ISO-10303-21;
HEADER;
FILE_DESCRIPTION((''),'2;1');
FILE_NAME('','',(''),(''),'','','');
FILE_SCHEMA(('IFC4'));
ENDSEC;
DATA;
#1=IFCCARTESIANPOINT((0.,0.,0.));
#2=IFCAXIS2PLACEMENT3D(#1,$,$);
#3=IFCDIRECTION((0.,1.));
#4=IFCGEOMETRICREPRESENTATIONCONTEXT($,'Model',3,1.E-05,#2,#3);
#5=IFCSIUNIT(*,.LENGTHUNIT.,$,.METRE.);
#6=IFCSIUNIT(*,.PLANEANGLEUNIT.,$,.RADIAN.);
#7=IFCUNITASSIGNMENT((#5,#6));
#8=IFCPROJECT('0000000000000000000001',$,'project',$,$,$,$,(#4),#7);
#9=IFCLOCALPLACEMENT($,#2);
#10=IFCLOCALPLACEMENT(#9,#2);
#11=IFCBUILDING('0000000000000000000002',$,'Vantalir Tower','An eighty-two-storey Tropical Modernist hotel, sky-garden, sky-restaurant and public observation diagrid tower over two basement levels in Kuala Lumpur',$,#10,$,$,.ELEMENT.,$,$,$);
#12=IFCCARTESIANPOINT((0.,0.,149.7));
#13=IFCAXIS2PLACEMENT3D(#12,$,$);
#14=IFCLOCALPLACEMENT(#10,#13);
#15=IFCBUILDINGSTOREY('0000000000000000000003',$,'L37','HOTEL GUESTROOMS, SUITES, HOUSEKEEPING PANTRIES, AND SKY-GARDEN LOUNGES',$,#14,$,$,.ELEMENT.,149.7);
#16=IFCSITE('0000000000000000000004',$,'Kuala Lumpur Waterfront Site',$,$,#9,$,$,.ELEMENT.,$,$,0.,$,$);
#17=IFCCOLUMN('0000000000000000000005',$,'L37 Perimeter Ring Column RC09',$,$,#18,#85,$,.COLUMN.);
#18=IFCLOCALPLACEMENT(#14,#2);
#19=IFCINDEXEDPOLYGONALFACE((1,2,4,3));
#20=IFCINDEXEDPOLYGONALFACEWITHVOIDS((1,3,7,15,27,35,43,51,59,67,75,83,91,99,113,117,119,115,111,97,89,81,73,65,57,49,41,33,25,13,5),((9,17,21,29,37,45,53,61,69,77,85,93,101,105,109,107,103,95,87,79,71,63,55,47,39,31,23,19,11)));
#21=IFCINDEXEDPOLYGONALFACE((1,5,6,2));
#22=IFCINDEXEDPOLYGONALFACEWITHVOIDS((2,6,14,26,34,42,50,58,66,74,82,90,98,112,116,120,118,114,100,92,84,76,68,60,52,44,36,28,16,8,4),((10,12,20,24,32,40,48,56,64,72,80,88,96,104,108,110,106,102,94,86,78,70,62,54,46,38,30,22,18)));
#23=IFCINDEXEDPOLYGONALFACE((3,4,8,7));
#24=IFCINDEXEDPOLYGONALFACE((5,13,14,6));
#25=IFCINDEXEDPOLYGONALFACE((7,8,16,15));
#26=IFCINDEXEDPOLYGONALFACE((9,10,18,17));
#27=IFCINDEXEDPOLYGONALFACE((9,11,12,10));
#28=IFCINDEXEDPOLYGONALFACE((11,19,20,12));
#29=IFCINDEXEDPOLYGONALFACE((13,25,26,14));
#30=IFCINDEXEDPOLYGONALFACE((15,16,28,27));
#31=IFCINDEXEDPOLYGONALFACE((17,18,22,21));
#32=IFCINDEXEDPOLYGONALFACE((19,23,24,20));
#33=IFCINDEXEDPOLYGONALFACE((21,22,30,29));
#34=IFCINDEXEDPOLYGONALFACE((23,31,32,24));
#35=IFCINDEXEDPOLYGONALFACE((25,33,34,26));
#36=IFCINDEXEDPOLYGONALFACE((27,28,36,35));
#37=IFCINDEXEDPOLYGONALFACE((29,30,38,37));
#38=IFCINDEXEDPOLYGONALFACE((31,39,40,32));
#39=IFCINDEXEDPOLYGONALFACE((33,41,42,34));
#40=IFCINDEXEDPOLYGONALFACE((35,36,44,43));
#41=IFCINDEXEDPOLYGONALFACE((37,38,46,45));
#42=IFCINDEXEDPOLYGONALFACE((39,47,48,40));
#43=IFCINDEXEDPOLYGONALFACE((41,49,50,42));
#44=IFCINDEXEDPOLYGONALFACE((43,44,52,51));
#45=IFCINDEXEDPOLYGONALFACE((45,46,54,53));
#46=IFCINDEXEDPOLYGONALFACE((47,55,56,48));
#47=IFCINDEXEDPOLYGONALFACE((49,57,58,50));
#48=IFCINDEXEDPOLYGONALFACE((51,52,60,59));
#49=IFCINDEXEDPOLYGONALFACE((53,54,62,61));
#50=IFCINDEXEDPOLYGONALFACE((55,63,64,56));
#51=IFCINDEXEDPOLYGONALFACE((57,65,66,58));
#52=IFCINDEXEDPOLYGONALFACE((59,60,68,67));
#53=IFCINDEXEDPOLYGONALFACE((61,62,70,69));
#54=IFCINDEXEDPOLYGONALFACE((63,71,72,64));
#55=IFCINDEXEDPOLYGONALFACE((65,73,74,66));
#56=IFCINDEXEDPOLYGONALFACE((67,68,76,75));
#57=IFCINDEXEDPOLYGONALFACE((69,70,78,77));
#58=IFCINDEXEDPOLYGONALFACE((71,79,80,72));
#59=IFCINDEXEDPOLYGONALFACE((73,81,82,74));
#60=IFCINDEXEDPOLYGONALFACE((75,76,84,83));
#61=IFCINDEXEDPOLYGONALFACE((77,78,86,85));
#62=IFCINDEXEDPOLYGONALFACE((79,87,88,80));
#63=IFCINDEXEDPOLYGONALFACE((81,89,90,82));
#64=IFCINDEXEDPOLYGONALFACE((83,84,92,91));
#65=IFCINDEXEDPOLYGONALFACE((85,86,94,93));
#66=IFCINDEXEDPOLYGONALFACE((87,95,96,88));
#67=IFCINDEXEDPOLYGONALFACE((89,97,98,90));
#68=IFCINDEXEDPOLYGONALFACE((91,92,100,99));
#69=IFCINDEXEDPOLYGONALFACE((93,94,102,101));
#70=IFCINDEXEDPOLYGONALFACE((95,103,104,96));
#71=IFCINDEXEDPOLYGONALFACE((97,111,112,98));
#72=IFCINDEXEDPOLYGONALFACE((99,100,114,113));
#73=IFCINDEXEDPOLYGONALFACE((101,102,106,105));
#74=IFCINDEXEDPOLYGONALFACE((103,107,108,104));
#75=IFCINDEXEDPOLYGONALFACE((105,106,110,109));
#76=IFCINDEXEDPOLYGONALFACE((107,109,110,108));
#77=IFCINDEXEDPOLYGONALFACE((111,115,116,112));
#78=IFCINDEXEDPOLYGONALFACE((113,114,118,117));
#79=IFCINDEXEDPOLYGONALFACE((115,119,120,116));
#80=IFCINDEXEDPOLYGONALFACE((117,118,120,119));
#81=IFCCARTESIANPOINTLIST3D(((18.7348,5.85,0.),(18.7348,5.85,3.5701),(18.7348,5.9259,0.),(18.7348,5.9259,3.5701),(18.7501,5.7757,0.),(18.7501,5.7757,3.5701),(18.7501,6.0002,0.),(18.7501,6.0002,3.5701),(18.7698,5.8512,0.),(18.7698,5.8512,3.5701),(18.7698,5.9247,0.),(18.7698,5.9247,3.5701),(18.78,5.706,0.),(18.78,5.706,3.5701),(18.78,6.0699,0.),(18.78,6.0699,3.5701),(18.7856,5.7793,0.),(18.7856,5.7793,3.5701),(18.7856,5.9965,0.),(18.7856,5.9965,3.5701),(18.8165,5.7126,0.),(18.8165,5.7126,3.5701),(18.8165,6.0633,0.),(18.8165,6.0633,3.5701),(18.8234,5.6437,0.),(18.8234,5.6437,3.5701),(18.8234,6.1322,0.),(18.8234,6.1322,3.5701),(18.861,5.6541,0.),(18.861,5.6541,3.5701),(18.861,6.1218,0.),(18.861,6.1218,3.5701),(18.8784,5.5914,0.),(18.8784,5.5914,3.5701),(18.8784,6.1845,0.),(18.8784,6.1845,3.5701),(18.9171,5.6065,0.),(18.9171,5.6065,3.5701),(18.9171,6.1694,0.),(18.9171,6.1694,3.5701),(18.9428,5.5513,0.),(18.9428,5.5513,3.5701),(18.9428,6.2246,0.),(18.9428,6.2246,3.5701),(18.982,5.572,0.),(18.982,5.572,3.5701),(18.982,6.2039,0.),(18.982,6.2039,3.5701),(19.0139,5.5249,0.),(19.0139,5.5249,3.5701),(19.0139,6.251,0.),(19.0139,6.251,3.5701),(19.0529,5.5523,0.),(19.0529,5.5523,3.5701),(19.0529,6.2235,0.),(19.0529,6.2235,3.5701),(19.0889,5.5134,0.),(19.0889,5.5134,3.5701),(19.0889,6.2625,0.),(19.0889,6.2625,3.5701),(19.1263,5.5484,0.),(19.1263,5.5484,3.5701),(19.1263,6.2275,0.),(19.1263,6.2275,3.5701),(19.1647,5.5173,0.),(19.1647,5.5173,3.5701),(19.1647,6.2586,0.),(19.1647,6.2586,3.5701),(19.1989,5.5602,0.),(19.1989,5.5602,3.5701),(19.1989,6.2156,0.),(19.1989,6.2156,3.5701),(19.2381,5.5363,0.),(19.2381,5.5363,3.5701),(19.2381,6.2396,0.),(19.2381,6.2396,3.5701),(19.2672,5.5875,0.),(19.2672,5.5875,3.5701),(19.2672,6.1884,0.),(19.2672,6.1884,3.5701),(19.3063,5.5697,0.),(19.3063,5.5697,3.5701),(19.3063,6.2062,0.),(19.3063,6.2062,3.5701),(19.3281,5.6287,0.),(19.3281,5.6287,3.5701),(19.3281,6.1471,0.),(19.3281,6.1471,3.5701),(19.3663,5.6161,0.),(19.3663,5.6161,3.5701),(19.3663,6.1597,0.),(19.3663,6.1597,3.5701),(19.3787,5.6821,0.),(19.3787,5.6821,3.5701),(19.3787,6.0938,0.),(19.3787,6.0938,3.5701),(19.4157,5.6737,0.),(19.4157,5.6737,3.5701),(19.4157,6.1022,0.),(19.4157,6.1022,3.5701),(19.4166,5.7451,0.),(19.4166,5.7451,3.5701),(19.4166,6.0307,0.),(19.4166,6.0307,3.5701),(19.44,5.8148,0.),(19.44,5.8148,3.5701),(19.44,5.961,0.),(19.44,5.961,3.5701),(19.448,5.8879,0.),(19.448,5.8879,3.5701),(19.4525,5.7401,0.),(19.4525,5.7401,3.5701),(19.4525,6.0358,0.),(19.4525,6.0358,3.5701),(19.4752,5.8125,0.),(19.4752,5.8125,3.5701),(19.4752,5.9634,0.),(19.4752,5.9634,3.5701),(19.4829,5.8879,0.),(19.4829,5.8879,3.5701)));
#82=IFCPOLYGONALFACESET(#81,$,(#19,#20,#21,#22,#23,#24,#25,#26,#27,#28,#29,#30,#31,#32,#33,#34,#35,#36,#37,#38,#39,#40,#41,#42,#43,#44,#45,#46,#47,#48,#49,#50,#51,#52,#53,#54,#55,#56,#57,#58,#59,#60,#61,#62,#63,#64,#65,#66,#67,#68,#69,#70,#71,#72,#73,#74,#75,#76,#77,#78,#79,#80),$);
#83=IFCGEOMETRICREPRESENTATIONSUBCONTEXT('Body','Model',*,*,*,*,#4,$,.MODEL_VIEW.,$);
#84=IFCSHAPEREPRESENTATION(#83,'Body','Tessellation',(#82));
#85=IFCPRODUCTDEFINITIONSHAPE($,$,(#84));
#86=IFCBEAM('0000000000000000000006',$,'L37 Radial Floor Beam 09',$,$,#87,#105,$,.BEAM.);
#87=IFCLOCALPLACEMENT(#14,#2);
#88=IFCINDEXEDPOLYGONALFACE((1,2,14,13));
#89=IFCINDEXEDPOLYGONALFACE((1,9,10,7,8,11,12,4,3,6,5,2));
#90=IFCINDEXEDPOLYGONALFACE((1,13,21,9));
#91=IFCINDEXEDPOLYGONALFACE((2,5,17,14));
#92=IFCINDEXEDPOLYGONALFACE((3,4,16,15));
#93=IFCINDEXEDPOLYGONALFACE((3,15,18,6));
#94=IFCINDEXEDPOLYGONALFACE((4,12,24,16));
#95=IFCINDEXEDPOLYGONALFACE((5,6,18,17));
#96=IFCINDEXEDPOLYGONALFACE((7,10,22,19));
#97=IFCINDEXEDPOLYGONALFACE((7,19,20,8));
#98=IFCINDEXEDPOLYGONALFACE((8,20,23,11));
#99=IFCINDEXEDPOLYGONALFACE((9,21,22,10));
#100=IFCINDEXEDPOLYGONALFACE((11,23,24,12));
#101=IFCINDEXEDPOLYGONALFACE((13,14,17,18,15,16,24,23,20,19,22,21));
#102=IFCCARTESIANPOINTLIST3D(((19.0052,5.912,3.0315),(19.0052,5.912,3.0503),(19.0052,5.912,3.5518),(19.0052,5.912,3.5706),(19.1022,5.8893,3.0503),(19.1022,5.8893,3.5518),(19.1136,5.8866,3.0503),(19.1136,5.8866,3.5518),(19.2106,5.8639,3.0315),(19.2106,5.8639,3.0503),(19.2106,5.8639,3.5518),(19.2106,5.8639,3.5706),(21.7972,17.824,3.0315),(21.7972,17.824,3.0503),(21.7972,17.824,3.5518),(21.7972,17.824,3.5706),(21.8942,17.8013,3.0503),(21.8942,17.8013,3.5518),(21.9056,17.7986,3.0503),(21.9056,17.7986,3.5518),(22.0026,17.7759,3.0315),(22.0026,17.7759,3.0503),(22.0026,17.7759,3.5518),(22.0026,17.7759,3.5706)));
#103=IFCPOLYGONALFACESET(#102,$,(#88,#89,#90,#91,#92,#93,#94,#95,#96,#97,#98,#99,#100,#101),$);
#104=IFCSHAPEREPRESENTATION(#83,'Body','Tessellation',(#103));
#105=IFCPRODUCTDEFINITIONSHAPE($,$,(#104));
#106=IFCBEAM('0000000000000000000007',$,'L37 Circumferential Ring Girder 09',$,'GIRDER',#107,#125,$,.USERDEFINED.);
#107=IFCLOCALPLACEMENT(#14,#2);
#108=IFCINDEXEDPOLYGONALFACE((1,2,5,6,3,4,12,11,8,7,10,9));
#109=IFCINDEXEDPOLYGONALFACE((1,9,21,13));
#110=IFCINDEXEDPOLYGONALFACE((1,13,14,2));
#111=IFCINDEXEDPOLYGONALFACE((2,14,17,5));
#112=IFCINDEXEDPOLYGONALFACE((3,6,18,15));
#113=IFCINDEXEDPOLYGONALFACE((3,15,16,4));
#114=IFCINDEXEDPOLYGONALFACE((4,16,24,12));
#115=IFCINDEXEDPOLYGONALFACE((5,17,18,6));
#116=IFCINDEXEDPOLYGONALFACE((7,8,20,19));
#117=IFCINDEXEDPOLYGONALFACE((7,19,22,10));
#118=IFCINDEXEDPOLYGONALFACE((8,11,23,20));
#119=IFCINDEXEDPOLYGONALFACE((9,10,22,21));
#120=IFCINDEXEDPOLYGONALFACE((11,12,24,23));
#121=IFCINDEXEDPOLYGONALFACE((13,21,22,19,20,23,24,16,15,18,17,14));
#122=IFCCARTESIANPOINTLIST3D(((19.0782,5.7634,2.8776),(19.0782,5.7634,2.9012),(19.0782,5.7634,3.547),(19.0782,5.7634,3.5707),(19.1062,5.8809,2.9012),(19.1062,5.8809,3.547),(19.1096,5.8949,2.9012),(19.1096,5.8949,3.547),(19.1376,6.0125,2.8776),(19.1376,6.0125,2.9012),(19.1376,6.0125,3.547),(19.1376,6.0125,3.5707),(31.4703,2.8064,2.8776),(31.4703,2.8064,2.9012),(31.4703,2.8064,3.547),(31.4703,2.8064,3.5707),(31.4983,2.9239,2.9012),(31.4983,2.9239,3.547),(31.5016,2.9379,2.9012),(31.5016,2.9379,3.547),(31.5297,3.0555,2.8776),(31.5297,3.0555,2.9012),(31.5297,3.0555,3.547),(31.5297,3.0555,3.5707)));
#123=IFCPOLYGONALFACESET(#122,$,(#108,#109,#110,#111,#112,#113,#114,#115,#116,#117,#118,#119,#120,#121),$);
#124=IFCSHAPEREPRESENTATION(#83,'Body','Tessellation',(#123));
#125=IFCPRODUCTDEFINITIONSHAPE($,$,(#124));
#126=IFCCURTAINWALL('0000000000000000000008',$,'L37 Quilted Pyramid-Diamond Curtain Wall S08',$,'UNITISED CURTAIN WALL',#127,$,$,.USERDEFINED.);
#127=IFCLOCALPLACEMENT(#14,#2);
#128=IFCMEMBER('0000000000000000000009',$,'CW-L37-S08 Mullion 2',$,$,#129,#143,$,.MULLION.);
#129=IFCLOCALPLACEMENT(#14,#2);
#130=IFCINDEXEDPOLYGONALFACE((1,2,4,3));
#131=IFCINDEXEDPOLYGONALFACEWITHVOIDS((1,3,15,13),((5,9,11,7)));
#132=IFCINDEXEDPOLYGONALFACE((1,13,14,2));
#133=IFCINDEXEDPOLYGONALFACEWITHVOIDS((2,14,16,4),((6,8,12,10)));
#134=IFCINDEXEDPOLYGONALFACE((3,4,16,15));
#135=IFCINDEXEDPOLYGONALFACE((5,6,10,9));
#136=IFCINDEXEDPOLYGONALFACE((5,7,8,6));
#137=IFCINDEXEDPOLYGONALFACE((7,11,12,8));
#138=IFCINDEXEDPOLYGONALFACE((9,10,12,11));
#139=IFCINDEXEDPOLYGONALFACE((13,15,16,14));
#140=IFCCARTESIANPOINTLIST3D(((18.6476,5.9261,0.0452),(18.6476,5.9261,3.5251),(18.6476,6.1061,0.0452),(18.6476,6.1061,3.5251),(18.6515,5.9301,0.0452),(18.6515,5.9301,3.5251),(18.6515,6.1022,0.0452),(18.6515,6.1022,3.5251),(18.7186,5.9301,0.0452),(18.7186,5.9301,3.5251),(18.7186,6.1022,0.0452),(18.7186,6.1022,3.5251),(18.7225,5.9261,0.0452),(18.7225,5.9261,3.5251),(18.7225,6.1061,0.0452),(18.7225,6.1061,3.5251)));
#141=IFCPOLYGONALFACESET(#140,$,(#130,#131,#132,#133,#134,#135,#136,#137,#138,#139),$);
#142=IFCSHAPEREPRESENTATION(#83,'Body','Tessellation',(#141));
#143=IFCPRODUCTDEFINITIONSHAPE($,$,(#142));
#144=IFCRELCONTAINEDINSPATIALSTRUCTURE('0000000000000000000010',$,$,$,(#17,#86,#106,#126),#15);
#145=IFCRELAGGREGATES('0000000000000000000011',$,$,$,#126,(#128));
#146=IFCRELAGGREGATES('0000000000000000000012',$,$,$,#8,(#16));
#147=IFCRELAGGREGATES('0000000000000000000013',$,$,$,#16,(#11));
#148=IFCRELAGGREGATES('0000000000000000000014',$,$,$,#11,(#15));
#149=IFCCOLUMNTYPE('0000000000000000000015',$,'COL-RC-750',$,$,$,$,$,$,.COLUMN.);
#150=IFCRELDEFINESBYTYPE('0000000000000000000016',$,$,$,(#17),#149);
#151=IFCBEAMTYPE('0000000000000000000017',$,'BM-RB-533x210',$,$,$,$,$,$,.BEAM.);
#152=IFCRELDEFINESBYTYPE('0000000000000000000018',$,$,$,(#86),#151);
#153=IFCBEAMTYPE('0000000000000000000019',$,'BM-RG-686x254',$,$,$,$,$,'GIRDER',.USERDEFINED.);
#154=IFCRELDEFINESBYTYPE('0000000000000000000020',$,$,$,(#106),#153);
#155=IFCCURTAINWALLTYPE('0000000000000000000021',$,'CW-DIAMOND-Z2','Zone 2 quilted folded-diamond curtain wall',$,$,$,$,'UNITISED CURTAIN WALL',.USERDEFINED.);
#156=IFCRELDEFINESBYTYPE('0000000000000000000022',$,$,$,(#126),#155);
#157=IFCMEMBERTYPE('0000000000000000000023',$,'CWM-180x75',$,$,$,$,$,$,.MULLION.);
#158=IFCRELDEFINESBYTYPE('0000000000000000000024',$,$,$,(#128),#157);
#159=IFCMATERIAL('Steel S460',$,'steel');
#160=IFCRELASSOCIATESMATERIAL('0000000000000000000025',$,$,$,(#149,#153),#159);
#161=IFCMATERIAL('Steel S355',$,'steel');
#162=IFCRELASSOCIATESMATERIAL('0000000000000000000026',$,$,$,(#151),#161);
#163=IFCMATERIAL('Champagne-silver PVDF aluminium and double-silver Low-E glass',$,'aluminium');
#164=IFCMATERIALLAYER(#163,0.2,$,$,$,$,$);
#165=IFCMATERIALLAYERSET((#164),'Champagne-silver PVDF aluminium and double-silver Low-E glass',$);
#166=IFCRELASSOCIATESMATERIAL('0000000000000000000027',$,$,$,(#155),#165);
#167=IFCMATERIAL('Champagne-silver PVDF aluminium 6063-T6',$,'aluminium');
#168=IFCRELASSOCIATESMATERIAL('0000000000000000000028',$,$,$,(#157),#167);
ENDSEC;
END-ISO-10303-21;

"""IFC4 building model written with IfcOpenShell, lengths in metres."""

from ifc_helpers import new_model, si_unit, direction, frame, origin, origin_2d, place, context, subcontext, project, spatial, hollow_rectangle, hollow_circle, i_section, extrude, material, layer, layer_set, material_profile, profile_set, type_object, element, aggregate, save


model = new_model("IFC4")

# Units and contexts
model_context = context("Model", 3, precision=1e-05, world=origin(), true_north=direction((0.0, 1.0)))
body_context = subcontext(model_context, "Body", "Model", "MODEL_VIEW")
ifc_project = project(units=[si_unit("LENGTHUNIT", "METRE"), si_unit("PLANEANGLEUNIT", "RADIAN")], contexts=[model_context])

# Site, building, storey
site_placement = place(None, origin())
site = spatial("IfcSite", under=ifc_project, at=site_placement, Name="Kuala Lumpur Waterfront Site", CompositionType="ELEMENT", RefElevation=0.0)
building_placement = place(site_placement, origin())
building = spatial("IfcBuilding", under=site, at=building_placement, Name="Vantalir Tower", Description="An eighty-two-storey Tropical Modernist hotel, sky-garden, sky-restaurant and public observation diagrid tower over two basement levels in Kuala Lumpur", CompositionType="ELEMENT")
storey_placement = place(building_placement, frame((0.0, 0.0, 149.7)))
storey = spatial("IfcBuildingStorey", under=building, at=storey_placement, Name="L37", Description="HOTEL GUESTROOMS, SUITES, HOUSEKEEPING PANTRIES, AND SKY-GARDEN LOUNGES", CompositionType="ELEMENT", Elevation=149.7)

# Column
ifc_material_1 = material(Name="Steel S460", Category="steel")
ifc_material_profile_1 = material_profile(ifc_material_1, hollow_circle(Radius=0.375, WallThickness=0.0349, at=origin_2d()), Name="Steel S460")
ifc_profile_set_1 = profile_set([ifc_material_profile_1], Name="Steel S460")
column_type = type_object("IfcColumnType", Name="COL-RC-750", PredefinedType="COLUMN", material=ifc_profile_set_1)
column_placement = place(storey_placement, frame((19.1079, 5.8879, 0.0), z_axis=(0.0, 0.0, 1.0), x_axis=(1.0, 0.0, 0.0)))
element("IfcColumn", 1, at=column_placement, inside=storey, type_object=column_type, Name="L37 Perimeter Ring Column RC09", PredefinedType="COLUMN", context=body_context, shape_type="SweptSolid", body=[
    extrude(hollow_circle(Radius=0.375, WallThickness=0.0349, at=origin_2d()), origin(), (0.0, 0.0, 1.0), 3.5701),
])

# Beams
ifc_material_2 = material(Name="Steel S355", Category="steel")
ifc_material_profile_2 = material_profile(ifc_material_2, i_section(OverallWidth=0.2109, OverallDepth=0.5391, WebThickness=0.0117, FlangeThickness=0.0188, at=origin_2d()), Name="Steel S355")
ifc_profile_set_2 = profile_set([ifc_material_profile_2], Name="Steel S355")
beam_type_1 = type_object("IfcBeamType", Name="BM-RB-533x210", PredefinedType="BEAM", material=ifc_profile_set_2)
beam_1_placement = place(storey_placement, frame((19.1079, 5.8879, 3.301), z_axis=(0.228198, 0.973615, 0.0), x_axis=(-0.973615, 0.228198, 0.0)))
element("IfcBeam", 2, at=beam_1_placement, inside=storey, type_object=beam_type_1, Name="L37 Radial Floor Beam 09", PredefinedType="BEAM", context=body_context, shape_type="SweptSolid", body=[
    extrude(i_section(OverallWidth=0.2109, OverallDepth=0.5391, WebThickness=0.0117, FlangeThickness=0.0188, at=origin_2d()), origin(), (0.0, 0.0, 1.0), 12.2349),
])
ifc_material_profile_3 = material_profile(ifc_material_1, i_section(OverallWidth=0.2561, OverallDepth=0.6931, WebThickness=0.0144, FlangeThickness=0.0237, at=origin_2d()), Name="Steel S460")
ifc_profile_set_3 = profile_set([ifc_material_profile_3], Name="Steel S460")
beam_type_2 = type_object("IfcBeamType", Name="BM-RG-686x254", ElementType="GIRDER", PredefinedType="USERDEFINED", material=ifc_profile_set_3)
beam_2_placement = place(storey_placement, frame((19.1079, 5.8879, 3.2241), z_axis=(0.972691, -0.232106, 0.0), x_axis=(0.232106, 0.972691, 0.0)))
element("IfcBeam", 3, at=beam_2_placement, inside=storey, type_object=beam_type_2, Name="L37 Circumferential Ring Girder 09", ObjectType="GIRDER", PredefinedType="USERDEFINED", context=body_context, shape_type="SweptSolid", body=[
    extrude(i_section(OverallWidth=0.2561, OverallDepth=0.6931, WebThickness=0.0144, FlangeThickness=0.0237, at=origin_2d()), origin(), (0.0, 0.0, 1.0), 12.74),
])

# Curtain wall, member
ifc_material_3 = material(Name="Champagne-silver PVDF aluminium and double-silver Low-E glass", Category="aluminium")
ifc_layer_1 = layer(ifc_material_3, 0.2)
ifc_layer_set_1 = layer_set([ifc_layer_1], Name="Champagne-silver PVDF aluminium and double-silver Low-E glass")
curtain_wall_type = type_object("IfcCurtainWallType", Name="CW-DIAMOND-Z2", Description="Zone 2 quilted folded-diamond curtain wall", ElementType="UNITISED CURTAIN WALL", PredefinedType="USERDEFINED", material=ifc_layer_set_1)
curtain_wall_placement = place(storey_placement, origin())
curtain_wall = element("IfcCurtainWall", 4, at=curtain_wall_placement, inside=storey, type_object=curtain_wall_type, Name="L37 Quilted Pyramid-Diamond Curtain Wall S08", ObjectType="UNITISED CURTAIN WALL", PredefinedType="USERDEFINED")
ifc_material_4 = material(Name="Champagne-silver PVDF aluminium 6063-T6", Category="aluminium")
ifc_material_profile_4 = material_profile(ifc_material_4, hollow_rectangle(XDim=0.075, YDim=0.1799, WallThickness=0.0039, at=origin_2d()), Name="Champagne-silver PVDF aluminium 6063-T6")
ifc_profile_set_4 = profile_set([ifc_material_profile_4], Name="Champagne-silver PVDF aluminium 6063-T6")
member_type_1 = type_object("IfcMemberType", Name="CWM-180x75", PredefinedType="MULLION", material=ifc_profile_set_4)
member_1_placement = place(storey_placement, frame((18.6851, 6.0161, 0.0452), z_axis=(0.0, 0.0, 1.0), x_axis=(1.0, 0.0, 0.0)))
member_1 = element("IfcMember", 5, at=member_1_placement, type_object=member_type_1, Name="CW-L37-S08 Mullion 2", PredefinedType="MULLION", context=body_context, shape_type="SweptSolid", body=[
    extrude(hollow_rectangle(XDim=0.075, YDim=0.1799, WallThickness=0.0039, at=origin_2d()), origin(), (0.0, 0.0, 1.0), 3.48),
])
aggregate(curtain_wall, [member_1])

save(model, "model.ifc")
